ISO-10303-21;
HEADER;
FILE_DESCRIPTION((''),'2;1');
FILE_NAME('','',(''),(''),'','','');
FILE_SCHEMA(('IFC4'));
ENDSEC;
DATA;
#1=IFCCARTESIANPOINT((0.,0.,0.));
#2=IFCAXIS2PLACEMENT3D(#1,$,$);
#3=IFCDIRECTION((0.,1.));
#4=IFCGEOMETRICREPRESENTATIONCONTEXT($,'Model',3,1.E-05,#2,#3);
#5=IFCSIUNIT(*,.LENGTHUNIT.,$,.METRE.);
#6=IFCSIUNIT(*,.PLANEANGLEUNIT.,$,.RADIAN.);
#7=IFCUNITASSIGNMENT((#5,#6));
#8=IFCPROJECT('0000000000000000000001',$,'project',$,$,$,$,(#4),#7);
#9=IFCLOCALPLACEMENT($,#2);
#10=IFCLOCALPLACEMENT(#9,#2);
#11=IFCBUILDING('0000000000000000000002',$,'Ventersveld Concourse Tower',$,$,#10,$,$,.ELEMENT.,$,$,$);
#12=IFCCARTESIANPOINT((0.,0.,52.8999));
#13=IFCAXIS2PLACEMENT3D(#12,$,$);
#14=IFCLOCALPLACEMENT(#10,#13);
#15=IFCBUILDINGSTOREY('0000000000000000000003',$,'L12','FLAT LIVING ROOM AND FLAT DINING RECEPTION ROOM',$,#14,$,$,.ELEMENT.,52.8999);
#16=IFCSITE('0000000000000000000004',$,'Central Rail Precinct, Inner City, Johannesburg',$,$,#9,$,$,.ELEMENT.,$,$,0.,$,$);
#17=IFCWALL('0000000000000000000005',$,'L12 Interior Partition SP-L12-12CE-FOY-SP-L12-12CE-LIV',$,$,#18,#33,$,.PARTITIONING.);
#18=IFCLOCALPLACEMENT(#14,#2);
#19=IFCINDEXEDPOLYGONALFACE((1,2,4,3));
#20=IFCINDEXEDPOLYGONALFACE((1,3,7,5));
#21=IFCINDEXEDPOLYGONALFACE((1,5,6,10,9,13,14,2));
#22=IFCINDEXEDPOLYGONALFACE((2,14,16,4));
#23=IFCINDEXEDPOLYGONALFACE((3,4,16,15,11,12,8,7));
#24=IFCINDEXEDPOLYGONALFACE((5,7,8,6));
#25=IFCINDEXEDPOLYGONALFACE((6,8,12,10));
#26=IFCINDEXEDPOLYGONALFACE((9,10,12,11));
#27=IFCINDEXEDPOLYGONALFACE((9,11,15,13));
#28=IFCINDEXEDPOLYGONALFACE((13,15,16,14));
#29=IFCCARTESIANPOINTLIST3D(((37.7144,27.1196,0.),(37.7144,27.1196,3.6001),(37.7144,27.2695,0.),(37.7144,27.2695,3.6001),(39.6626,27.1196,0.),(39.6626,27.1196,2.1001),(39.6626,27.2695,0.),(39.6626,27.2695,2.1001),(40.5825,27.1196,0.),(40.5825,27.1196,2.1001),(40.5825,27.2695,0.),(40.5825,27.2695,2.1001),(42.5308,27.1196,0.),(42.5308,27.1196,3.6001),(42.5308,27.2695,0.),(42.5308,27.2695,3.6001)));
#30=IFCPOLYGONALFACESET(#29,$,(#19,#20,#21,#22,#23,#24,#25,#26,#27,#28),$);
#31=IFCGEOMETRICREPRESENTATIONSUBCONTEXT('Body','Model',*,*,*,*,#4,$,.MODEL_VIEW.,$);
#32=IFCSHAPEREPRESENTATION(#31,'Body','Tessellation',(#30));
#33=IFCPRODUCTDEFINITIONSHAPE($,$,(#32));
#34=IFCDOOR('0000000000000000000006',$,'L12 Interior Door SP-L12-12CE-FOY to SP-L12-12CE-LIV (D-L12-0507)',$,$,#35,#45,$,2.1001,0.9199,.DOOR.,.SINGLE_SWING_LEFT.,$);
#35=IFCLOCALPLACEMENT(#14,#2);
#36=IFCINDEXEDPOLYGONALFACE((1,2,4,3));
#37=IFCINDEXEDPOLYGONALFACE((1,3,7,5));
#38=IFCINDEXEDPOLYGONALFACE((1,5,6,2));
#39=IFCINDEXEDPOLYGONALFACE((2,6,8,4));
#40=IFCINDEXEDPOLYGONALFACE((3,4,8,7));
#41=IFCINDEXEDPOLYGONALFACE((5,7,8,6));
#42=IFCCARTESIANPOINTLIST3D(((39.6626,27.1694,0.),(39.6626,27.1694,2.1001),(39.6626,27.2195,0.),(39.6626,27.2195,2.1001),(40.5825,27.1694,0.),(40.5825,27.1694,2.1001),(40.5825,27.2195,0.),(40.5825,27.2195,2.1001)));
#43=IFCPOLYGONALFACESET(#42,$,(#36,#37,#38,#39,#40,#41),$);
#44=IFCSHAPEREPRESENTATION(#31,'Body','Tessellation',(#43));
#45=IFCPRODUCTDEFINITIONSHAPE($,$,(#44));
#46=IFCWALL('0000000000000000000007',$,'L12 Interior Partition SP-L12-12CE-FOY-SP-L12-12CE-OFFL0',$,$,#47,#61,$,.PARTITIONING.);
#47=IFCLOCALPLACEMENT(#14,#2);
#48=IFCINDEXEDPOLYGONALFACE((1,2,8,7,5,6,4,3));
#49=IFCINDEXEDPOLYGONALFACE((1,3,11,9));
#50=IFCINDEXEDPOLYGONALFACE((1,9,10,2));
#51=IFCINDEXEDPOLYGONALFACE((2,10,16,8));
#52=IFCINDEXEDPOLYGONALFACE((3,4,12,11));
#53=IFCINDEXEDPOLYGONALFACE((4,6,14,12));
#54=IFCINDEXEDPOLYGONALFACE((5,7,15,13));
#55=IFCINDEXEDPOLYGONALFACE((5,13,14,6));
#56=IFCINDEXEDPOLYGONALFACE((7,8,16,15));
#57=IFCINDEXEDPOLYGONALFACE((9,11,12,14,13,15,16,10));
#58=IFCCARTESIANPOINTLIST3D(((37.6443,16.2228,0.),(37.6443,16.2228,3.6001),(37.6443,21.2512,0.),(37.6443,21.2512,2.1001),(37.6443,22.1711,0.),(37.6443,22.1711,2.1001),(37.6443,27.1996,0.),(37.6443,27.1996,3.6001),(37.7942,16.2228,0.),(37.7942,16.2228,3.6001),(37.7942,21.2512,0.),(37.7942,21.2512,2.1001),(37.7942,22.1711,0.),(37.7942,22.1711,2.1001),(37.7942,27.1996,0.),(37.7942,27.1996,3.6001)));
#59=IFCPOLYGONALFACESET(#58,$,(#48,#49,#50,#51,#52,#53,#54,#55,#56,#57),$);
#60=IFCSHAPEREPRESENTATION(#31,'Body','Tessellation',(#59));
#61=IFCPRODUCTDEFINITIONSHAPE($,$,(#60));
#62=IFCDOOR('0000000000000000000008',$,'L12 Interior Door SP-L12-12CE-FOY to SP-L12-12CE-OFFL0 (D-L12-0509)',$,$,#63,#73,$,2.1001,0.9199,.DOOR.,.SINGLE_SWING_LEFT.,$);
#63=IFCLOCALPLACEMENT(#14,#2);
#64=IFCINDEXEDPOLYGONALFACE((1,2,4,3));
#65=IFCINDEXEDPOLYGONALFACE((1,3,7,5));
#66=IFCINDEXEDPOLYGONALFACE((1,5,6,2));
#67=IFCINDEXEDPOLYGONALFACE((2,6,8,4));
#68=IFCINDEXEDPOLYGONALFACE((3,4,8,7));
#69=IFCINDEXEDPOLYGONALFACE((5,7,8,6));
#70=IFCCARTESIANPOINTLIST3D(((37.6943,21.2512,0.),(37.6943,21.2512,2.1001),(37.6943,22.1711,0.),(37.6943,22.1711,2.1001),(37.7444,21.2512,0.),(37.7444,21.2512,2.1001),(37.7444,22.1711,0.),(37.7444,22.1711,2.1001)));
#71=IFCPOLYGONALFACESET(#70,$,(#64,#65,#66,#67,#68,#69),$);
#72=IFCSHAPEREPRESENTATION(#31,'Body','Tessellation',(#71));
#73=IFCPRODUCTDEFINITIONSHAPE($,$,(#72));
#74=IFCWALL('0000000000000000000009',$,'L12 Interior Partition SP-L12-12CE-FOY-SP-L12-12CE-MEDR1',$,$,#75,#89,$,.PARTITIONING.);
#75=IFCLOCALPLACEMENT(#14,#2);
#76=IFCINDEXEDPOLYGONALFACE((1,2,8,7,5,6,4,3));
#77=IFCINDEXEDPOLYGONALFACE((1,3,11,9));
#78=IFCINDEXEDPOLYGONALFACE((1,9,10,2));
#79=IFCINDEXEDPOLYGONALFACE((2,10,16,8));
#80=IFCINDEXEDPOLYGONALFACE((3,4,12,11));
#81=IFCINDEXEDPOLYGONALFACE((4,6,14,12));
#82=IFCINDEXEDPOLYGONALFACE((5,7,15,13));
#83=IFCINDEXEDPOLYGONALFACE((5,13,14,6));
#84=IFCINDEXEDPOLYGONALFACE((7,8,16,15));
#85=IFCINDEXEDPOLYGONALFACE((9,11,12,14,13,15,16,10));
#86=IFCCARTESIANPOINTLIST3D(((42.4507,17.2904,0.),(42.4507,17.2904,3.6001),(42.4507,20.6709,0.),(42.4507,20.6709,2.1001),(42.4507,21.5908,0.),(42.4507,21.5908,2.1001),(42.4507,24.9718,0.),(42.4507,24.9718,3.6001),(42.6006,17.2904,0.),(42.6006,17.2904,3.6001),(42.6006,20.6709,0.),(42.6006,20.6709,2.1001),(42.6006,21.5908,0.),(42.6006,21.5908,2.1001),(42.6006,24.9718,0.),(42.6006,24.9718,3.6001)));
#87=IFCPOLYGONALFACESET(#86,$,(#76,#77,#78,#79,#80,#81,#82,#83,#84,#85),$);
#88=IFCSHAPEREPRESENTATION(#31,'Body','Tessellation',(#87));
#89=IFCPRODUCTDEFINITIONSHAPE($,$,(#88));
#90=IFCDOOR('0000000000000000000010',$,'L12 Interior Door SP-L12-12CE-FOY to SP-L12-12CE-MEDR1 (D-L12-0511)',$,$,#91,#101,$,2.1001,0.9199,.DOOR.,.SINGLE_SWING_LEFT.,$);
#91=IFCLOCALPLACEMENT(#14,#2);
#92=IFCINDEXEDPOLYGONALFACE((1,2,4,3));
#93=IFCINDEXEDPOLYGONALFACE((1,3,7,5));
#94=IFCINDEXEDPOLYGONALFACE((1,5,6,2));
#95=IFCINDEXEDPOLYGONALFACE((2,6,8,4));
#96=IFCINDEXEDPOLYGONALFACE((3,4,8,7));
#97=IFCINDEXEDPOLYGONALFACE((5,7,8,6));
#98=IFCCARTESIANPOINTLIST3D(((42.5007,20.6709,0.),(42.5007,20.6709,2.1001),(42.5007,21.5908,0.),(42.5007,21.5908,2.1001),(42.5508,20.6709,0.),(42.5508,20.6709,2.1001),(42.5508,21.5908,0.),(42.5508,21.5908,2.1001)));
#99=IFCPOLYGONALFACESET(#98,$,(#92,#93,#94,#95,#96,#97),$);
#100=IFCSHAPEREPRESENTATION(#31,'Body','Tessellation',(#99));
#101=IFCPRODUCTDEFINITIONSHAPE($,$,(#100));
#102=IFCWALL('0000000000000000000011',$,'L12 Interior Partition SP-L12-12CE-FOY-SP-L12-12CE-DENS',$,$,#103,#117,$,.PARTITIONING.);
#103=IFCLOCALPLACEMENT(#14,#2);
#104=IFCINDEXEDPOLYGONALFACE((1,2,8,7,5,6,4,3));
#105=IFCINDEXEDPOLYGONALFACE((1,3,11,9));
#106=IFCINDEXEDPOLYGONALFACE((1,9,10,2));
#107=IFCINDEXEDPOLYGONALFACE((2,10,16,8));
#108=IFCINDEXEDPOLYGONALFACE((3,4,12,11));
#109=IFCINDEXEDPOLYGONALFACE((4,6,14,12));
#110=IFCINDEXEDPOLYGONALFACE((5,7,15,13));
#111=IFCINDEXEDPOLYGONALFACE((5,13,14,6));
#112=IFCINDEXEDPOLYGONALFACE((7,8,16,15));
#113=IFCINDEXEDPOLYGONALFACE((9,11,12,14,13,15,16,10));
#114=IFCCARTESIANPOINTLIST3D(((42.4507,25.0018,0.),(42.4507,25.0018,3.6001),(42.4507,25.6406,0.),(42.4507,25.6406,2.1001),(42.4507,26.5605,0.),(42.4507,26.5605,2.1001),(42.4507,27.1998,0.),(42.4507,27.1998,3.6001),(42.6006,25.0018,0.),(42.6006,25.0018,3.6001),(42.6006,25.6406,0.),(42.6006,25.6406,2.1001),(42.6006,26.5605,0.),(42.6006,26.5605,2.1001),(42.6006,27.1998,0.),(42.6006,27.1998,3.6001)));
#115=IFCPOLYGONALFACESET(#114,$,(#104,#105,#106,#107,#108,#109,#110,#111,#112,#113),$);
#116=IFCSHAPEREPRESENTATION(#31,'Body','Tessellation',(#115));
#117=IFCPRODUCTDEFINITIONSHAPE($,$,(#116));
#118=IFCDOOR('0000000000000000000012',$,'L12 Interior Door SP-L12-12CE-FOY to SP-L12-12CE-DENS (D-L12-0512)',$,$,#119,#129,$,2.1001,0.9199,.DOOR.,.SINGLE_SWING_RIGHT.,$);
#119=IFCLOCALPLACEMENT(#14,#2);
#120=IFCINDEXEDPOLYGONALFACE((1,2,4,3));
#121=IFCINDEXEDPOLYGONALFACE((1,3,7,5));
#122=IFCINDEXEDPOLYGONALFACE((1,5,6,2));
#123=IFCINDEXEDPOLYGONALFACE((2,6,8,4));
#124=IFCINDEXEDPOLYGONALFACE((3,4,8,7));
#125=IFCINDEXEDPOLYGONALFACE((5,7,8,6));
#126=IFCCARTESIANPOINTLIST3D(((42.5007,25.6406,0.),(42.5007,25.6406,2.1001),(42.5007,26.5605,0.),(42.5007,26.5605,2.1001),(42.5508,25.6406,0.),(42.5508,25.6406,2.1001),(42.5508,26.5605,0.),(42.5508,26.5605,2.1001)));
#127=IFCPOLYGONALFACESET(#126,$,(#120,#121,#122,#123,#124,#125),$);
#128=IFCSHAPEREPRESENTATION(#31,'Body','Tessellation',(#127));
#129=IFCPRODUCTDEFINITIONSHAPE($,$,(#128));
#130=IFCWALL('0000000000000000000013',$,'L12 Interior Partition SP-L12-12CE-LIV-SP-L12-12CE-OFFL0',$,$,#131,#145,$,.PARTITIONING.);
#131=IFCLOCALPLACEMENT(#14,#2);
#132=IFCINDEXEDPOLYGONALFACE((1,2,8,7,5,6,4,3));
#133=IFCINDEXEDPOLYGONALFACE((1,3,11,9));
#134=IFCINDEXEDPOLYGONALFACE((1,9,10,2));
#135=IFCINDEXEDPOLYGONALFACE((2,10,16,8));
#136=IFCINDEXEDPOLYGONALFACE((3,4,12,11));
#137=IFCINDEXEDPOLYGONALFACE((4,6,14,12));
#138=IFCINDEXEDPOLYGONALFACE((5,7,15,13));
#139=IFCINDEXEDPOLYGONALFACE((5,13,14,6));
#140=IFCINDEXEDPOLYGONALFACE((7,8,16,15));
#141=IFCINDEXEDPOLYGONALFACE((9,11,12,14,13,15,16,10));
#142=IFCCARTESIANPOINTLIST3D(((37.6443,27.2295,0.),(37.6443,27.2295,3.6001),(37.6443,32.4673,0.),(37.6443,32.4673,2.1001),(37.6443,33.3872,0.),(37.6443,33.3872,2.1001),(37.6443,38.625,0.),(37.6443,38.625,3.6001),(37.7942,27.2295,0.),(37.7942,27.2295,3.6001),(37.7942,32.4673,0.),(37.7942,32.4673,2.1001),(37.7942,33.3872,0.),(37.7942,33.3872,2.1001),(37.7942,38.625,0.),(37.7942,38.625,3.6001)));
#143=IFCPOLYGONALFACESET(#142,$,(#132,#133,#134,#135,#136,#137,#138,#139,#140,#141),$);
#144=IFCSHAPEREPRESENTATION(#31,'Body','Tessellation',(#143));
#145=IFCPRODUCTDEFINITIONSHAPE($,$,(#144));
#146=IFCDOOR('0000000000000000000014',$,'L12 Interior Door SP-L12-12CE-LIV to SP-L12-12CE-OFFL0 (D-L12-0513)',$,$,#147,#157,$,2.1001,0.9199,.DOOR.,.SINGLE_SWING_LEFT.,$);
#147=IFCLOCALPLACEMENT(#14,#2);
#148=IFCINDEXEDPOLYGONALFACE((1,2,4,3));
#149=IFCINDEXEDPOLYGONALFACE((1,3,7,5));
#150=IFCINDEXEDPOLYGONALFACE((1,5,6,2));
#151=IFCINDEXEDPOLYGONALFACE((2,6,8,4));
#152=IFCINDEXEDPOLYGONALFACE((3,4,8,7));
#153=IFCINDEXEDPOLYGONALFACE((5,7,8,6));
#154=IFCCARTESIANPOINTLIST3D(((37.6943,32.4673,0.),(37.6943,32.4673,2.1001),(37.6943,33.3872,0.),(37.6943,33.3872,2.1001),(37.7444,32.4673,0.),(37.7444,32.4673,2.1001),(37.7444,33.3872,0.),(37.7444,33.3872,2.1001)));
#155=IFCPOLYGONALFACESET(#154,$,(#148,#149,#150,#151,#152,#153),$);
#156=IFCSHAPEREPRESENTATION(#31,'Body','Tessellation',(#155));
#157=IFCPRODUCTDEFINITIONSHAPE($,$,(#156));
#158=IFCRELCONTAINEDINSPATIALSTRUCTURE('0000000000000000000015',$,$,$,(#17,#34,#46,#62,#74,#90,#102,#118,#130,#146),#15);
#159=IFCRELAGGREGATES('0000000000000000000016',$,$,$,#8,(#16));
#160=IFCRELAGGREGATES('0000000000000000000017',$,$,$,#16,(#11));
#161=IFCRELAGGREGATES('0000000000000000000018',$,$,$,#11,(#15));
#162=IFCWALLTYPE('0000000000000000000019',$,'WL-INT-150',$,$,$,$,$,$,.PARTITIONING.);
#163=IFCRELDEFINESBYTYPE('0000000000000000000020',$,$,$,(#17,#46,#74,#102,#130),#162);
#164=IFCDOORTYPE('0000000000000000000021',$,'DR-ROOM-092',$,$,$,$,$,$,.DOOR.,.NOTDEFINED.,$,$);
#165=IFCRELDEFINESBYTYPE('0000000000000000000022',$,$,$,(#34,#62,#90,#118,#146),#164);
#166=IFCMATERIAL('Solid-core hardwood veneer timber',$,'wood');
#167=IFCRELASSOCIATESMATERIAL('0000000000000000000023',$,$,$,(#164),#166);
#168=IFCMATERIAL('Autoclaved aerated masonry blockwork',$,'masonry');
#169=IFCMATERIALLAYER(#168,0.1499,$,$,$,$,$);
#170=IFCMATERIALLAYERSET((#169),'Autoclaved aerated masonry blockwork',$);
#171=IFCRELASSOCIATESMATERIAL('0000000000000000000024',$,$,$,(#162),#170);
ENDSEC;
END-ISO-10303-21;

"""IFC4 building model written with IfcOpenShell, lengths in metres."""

from ifc_helpers import new_model, si_unit, direction, frame, frame_2d, origin, place, context, subcontext, project, spatial, rectangle, extrude, material, layer, layer_set, type_object, element, fill, save


model = new_model("IFC4")

# Units and contexts
model_context = context("Model", 3, precision=1e-05, world=origin(), true_north=direction((0.0, 1.0)))
body_context = subcontext(model_context, "Body", "Model", "MODEL_VIEW")
ifc_project = project(units=[si_unit("LENGTHUNIT", "METRE"), si_unit("PLANEANGLEUNIT", "RADIAN")], contexts=[model_context])

# Site, building, storey
site_placement = place(None, origin())
site = spatial("IfcSite", under=ifc_project, at=site_placement, Name="Central Rail Precinct, Inner City, Johannesburg", CompositionType="ELEMENT", RefElevation=0.0)
building_placement = place(site_placement, origin())
building = spatial("IfcBuilding", under=site, at=building_placement, Name="Ventersveld Concourse Tower", CompositionType="ELEMENT")
storey_placement = place(building_placement, frame((0.0, 0.0, 52.8999)))
storey = spatial("IfcBuildingStorey", under=building, at=storey_placement, Name="L12", Description="FLAT LIVING ROOM AND FLAT DINING RECEPTION ROOM", CompositionType="ELEMENT", Elevation=52.8999)

# Walls, openings, doors
ifc_material_1 = material(Name="Solid-core hardwood veneer timber", Category="wood")
door_type = type_object("IfcDoorType", Name="DR-ROOM-092", OperationType="NOTDEFINED", PredefinedType="DOOR", material=ifc_material_1)
ifc_material_2 = material(Name="Autoclaved aerated masonry blockwork", Category="masonry")
ifc_layer_1 = layer(ifc_material_2, 0.1499)
ifc_layer_set_1 = layer_set([ifc_layer_1], Name="Autoclaved aerated masonry blockwork")
wall_type_1 = type_object("IfcWallType", Name="WL-INT-150", PredefinedType="PARTITIONING", material=ifc_layer_set_1)
wall_1_placement = place(storey_placement, frame((37.7144, 27.1946, 0.0), z_axis=(0.0, 0.0, 1.0), x_axis=(1.0, 0.0, 0.0)))
wall_1 = element("IfcWall", 1, at=wall_1_placement, inside=storey, type_object=wall_type_1, Name="L12 Interior Partition SP-L12-12CE-FOY-SP-L12-12CE-LIV", PredefinedType="PARTITIONING", context=body_context, shape_type="SweptSolid", body=[
    extrude(rectangle(XDim=4.8164, YDim=0.1499, at=frame_2d((2.4082, 0.0))), origin(), (0.0, 0.0, 1.0), 3.6001),
])
opening_1_placement = place(wall_1_placement, frame((1.9482, 0.0, 0.0)))
opening_1 = element("IfcOpeningElement", 2, at=opening_1_placement, cuts=wall_1, PredefinedType="OPENING", context=body_context, shape_type="SweptSolid", body=[
    extrude(rectangle(XDim=0.9199, YDim=2.1001, at=frame_2d((0.46, 1.05))), frame((0.0, 0.085, 0.0), z_axis=(0.0, -1.0, 0.0), x_axis=(1.0, 0.0, 0.0)), (0.0, 0.0, 1.0), 0.1699),
])
door_1_placement = place(opening_1_placement, origin())
door_1 = element("IfcDoor", 3, at=door_1_placement, inside=storey, type_object=door_type, Name="L12 Interior Door SP-L12-12CE-FOY to SP-L12-12CE-LIV (D-L12-0507)", OperationType="SINGLE_SWING_LEFT", OverallHeight=2.1001, OverallWidth=0.9199, PredefinedType="DOOR", context=body_context, shape_type="SweptSolid", body=[
    extrude(rectangle(XDim=0.9199, YDim=2.1001, at=frame_2d((0.46, 1.05))), frame((0.0, 0.0249, 0.0), z_axis=(0.0, -1.0, 0.0), x_axis=(1.0, 0.0, 0.0)), (0.0, 0.0, 1.0), 0.05),
])
fill(opening_1, door_1)
wall_2_placement = place(storey_placement, frame((37.7192, 16.2229, 0.0), z_axis=(0.0, 0.0, 1.0), x_axis=(0.0, 1.0, 0.0)))
wall_2 = element("IfcWall", 4, at=wall_2_placement, inside=storey, type_object=wall_type_1, Name="L12 Interior Partition SP-L12-12CE-FOY-SP-L12-12CE-OFFL0", PredefinedType="PARTITIONING", context=body_context, shape_type="SweptSolid", body=[
    extrude(rectangle(XDim=10.9768, YDim=0.1499, at=frame_2d((5.4883, 0.0))), origin(), (0.0, 0.0, 1.0), 3.6001),
])
opening_2_placement = place(wall_2_placement, frame((5.0283, 0.0, 0.0)))
opening_2 = element("IfcOpeningElement", 5, at=opening_2_placement, cuts=wall_2, PredefinedType="OPENING", context=body_context, shape_type="SweptSolid", body=[
    extrude(rectangle(XDim=0.9199, YDim=2.1001, at=frame_2d((0.46, 1.05))), frame((0.0, 0.085, 0.0), z_axis=(0.0, -1.0, 0.0), x_axis=(1.0, 0.0, 0.0)), (0.0, 0.0, 1.0), 0.1699),
])
door_2_placement = place(opening_2_placement, origin())
door_2 = element("IfcDoor", 6, at=door_2_placement, inside=storey, type_object=door_type, Name="L12 Interior Door SP-L12-12CE-FOY to SP-L12-12CE-OFFL0 (D-L12-0509)", OperationType="SINGLE_SWING_LEFT", OverallHeight=2.1001, OverallWidth=0.9199, PredefinedType="DOOR", context=body_context, shape_type="SweptSolid", body=[
    extrude(rectangle(XDim=0.9199, YDim=2.1001, at=frame_2d((0.46, 1.05))), frame((0.0, 0.0249, 0.0), z_axis=(0.0, -1.0, 0.0), x_axis=(1.0, 0.0, 0.0)), (0.0, 0.0, 1.0), 0.05),
])
fill(opening_2, door_2)
wall_3_placement = place(storey_placement, frame((42.5256, 17.2903, 0.0), z_axis=(0.0, 0.0, 1.0), x_axis=(0.0, 1.0, 0.0)))
wall_3 = element("IfcWall", 7, at=wall_3_placement, inside=storey, type_object=wall_type_1, Name="L12 Interior Partition SP-L12-12CE-FOY-SP-L12-12CE-MEDR1", PredefinedType="PARTITIONING", context=body_context, shape_type="SweptSolid", body=[
    extrude(rectangle(XDim=7.6814, YDim=0.1499, at=frame_2d((3.8408, 0.0))), origin(), (0.0, 0.0, 1.0), 3.6001),
])
opening_3_placement = place(wall_3_placement, frame((3.3806, 0.0, 0.0)))
opening_3 = element("IfcOpeningElement", 8, at=opening_3_placement, cuts=wall_3, PredefinedType="OPENING", context=body_context, shape_type="SweptSolid", body=[
    extrude(rectangle(XDim=0.9199, YDim=2.1001, at=frame_2d((0.46, 1.05))), frame((0.0, 0.085, 0.0), z_axis=(0.0, -1.0, 0.0), x_axis=(1.0, 0.0, 0.0)), (0.0, 0.0, 1.0), 0.1699),
])
door_3_placement = place(opening_3_placement, origin())
door_3 = element("IfcDoor", 9, at=door_3_placement, inside=storey, type_object=door_type, Name="L12 Interior Door SP-L12-12CE-FOY to SP-L12-12CE-MEDR1 (D-L12-0511)", OperationType="SINGLE_SWING_LEFT", OverallHeight=2.1001, OverallWidth=0.9199, PredefinedType="DOOR", context=body_context, shape_type="SweptSolid", body=[
    extrude(rectangle(XDim=0.9199, YDim=2.1001, at=frame_2d((0.46, 1.05))), frame((0.0, 0.0249, 0.0), z_axis=(0.0, -1.0, 0.0), x_axis=(1.0, 0.0, 0.0)), (0.0, 0.0, 1.0), 0.05),
])
fill(opening_3, door_3)
wall_4_placement = place(storey_placement, frame((42.5256, 25.0017, 0.0), z_axis=(0.0, 0.0, 1.0), x_axis=(0.0, 1.0, 0.0)))
wall_4 = element("IfcWall", 10, at=wall_4_placement, inside=storey, type_object=wall_type_1, Name="L12 Interior Partition SP-L12-12CE-FOY-SP-L12-12CE-DENS", PredefinedType="PARTITIONING", context=body_context, shape_type="SweptSolid", body=[
    extrude(rectangle(XDim=2.198, YDim=0.1499, at=frame_2d((1.0991, 0.0))), origin(), (0.0, 0.0, 1.0), 3.6001),
])
opening_4_placement = place(wall_4_placement, frame((0.6389, 0.0, 0.0)))
opening_4 = element("IfcOpeningElement", 11, at=opening_4_placement, cuts=wall_4, PredefinedType="OPENING", context=body_context, shape_type="SweptSolid", body=[
    extrude(rectangle(XDim=0.9199, YDim=2.1001, at=frame_2d((0.46, 1.05))), frame((0.0, 0.085, 0.0), z_axis=(0.0, -1.0, 0.0), x_axis=(1.0, 0.0, 0.0)), (0.0, 0.0, 1.0), 0.1699),
])
door_4_placement = place(opening_4_placement, origin())
door_4 = element("IfcDoor", 12, at=door_4_placement, inside=storey, type_object=door_type, Name="L12 Interior Door SP-L12-12CE-FOY to SP-L12-12CE-DENS (D-L12-0512)", OperationType="SINGLE_SWING_RIGHT", OverallHeight=2.1001, OverallWidth=0.9199, PredefinedType="DOOR", context=body_context, shape_type="SweptSolid", body=[
    extrude(rectangle(XDim=0.9199, YDim=2.1001, at=frame_2d((0.46, 1.05))), frame((0.0, 0.0249, 0.0), z_axis=(0.0, -1.0, 0.0), x_axis=(1.0, 0.0, 0.0)), (0.0, 0.0, 1.0), 0.05),
])
fill(opening_4, door_4)
wall_5_placement = place(storey_placement, frame((37.7192, 27.2295, 0.0), z_axis=(0.0, 0.0, 1.0), x_axis=(0.0, 1.0, 0.0)))
wall_5 = element("IfcWall", 13, at=wall_5_placement, inside=storey, type_object=wall_type_1, Name="L12 Interior Partition SP-L12-12CE-LIV-SP-L12-12CE-OFFL0", PredefinedType="PARTITIONING", context=body_context, shape_type="SweptSolid", body=[
    extrude(rectangle(XDim=11.3955, YDim=0.1499, at=frame_2d((5.6978, 0.0))), origin(), (0.0, 0.0, 1.0), 3.6001),
])
opening_5_placement = place(wall_5_placement, frame((5.2378, 0.0, 0.0)))
opening_5 = element("IfcOpeningElement", 14, at=opening_5_placement, cuts=wall_5, PredefinedType="OPENING", context=body_context, shape_type="SweptSolid", body=[
    extrude(rectangle(XDim=0.9199, YDim=2.1001, at=frame_2d((0.46, 1.05))), frame((0.0, 0.085, 0.0), z_axis=(0.0, -1.0, 0.0), x_axis=(1.0, 0.0, 0.0)), (0.0, 0.0, 1.0), 0.1699),
])
door_5_placement = place(opening_5_placement, origin())
door_5 = element("IfcDoor", 15, at=door_5_placement, inside=storey, type_object=door_type, Name="L12 Interior Door SP-L12-12CE-LIV to SP-L12-12CE-OFFL0 (D-L12-0513)", OperationType="SINGLE_SWING_LEFT", OverallHeight=2.1001, OverallWidth=0.9199, PredefinedType="DOOR", context=body_context, shape_type="SweptSolid", body=[
    extrude(rectangle(XDim=0.9199, YDim=2.1001, at=frame_2d((0.46, 1.05))), frame((0.0, 0.0249, 0.0), z_axis=(0.0, -1.0, 0.0), x_axis=(1.0, 0.0, 0.0)), (0.0, 0.0, 1.0), 0.05),
])
fill(opening_5, door_5)

save(model, "model.ifc")
